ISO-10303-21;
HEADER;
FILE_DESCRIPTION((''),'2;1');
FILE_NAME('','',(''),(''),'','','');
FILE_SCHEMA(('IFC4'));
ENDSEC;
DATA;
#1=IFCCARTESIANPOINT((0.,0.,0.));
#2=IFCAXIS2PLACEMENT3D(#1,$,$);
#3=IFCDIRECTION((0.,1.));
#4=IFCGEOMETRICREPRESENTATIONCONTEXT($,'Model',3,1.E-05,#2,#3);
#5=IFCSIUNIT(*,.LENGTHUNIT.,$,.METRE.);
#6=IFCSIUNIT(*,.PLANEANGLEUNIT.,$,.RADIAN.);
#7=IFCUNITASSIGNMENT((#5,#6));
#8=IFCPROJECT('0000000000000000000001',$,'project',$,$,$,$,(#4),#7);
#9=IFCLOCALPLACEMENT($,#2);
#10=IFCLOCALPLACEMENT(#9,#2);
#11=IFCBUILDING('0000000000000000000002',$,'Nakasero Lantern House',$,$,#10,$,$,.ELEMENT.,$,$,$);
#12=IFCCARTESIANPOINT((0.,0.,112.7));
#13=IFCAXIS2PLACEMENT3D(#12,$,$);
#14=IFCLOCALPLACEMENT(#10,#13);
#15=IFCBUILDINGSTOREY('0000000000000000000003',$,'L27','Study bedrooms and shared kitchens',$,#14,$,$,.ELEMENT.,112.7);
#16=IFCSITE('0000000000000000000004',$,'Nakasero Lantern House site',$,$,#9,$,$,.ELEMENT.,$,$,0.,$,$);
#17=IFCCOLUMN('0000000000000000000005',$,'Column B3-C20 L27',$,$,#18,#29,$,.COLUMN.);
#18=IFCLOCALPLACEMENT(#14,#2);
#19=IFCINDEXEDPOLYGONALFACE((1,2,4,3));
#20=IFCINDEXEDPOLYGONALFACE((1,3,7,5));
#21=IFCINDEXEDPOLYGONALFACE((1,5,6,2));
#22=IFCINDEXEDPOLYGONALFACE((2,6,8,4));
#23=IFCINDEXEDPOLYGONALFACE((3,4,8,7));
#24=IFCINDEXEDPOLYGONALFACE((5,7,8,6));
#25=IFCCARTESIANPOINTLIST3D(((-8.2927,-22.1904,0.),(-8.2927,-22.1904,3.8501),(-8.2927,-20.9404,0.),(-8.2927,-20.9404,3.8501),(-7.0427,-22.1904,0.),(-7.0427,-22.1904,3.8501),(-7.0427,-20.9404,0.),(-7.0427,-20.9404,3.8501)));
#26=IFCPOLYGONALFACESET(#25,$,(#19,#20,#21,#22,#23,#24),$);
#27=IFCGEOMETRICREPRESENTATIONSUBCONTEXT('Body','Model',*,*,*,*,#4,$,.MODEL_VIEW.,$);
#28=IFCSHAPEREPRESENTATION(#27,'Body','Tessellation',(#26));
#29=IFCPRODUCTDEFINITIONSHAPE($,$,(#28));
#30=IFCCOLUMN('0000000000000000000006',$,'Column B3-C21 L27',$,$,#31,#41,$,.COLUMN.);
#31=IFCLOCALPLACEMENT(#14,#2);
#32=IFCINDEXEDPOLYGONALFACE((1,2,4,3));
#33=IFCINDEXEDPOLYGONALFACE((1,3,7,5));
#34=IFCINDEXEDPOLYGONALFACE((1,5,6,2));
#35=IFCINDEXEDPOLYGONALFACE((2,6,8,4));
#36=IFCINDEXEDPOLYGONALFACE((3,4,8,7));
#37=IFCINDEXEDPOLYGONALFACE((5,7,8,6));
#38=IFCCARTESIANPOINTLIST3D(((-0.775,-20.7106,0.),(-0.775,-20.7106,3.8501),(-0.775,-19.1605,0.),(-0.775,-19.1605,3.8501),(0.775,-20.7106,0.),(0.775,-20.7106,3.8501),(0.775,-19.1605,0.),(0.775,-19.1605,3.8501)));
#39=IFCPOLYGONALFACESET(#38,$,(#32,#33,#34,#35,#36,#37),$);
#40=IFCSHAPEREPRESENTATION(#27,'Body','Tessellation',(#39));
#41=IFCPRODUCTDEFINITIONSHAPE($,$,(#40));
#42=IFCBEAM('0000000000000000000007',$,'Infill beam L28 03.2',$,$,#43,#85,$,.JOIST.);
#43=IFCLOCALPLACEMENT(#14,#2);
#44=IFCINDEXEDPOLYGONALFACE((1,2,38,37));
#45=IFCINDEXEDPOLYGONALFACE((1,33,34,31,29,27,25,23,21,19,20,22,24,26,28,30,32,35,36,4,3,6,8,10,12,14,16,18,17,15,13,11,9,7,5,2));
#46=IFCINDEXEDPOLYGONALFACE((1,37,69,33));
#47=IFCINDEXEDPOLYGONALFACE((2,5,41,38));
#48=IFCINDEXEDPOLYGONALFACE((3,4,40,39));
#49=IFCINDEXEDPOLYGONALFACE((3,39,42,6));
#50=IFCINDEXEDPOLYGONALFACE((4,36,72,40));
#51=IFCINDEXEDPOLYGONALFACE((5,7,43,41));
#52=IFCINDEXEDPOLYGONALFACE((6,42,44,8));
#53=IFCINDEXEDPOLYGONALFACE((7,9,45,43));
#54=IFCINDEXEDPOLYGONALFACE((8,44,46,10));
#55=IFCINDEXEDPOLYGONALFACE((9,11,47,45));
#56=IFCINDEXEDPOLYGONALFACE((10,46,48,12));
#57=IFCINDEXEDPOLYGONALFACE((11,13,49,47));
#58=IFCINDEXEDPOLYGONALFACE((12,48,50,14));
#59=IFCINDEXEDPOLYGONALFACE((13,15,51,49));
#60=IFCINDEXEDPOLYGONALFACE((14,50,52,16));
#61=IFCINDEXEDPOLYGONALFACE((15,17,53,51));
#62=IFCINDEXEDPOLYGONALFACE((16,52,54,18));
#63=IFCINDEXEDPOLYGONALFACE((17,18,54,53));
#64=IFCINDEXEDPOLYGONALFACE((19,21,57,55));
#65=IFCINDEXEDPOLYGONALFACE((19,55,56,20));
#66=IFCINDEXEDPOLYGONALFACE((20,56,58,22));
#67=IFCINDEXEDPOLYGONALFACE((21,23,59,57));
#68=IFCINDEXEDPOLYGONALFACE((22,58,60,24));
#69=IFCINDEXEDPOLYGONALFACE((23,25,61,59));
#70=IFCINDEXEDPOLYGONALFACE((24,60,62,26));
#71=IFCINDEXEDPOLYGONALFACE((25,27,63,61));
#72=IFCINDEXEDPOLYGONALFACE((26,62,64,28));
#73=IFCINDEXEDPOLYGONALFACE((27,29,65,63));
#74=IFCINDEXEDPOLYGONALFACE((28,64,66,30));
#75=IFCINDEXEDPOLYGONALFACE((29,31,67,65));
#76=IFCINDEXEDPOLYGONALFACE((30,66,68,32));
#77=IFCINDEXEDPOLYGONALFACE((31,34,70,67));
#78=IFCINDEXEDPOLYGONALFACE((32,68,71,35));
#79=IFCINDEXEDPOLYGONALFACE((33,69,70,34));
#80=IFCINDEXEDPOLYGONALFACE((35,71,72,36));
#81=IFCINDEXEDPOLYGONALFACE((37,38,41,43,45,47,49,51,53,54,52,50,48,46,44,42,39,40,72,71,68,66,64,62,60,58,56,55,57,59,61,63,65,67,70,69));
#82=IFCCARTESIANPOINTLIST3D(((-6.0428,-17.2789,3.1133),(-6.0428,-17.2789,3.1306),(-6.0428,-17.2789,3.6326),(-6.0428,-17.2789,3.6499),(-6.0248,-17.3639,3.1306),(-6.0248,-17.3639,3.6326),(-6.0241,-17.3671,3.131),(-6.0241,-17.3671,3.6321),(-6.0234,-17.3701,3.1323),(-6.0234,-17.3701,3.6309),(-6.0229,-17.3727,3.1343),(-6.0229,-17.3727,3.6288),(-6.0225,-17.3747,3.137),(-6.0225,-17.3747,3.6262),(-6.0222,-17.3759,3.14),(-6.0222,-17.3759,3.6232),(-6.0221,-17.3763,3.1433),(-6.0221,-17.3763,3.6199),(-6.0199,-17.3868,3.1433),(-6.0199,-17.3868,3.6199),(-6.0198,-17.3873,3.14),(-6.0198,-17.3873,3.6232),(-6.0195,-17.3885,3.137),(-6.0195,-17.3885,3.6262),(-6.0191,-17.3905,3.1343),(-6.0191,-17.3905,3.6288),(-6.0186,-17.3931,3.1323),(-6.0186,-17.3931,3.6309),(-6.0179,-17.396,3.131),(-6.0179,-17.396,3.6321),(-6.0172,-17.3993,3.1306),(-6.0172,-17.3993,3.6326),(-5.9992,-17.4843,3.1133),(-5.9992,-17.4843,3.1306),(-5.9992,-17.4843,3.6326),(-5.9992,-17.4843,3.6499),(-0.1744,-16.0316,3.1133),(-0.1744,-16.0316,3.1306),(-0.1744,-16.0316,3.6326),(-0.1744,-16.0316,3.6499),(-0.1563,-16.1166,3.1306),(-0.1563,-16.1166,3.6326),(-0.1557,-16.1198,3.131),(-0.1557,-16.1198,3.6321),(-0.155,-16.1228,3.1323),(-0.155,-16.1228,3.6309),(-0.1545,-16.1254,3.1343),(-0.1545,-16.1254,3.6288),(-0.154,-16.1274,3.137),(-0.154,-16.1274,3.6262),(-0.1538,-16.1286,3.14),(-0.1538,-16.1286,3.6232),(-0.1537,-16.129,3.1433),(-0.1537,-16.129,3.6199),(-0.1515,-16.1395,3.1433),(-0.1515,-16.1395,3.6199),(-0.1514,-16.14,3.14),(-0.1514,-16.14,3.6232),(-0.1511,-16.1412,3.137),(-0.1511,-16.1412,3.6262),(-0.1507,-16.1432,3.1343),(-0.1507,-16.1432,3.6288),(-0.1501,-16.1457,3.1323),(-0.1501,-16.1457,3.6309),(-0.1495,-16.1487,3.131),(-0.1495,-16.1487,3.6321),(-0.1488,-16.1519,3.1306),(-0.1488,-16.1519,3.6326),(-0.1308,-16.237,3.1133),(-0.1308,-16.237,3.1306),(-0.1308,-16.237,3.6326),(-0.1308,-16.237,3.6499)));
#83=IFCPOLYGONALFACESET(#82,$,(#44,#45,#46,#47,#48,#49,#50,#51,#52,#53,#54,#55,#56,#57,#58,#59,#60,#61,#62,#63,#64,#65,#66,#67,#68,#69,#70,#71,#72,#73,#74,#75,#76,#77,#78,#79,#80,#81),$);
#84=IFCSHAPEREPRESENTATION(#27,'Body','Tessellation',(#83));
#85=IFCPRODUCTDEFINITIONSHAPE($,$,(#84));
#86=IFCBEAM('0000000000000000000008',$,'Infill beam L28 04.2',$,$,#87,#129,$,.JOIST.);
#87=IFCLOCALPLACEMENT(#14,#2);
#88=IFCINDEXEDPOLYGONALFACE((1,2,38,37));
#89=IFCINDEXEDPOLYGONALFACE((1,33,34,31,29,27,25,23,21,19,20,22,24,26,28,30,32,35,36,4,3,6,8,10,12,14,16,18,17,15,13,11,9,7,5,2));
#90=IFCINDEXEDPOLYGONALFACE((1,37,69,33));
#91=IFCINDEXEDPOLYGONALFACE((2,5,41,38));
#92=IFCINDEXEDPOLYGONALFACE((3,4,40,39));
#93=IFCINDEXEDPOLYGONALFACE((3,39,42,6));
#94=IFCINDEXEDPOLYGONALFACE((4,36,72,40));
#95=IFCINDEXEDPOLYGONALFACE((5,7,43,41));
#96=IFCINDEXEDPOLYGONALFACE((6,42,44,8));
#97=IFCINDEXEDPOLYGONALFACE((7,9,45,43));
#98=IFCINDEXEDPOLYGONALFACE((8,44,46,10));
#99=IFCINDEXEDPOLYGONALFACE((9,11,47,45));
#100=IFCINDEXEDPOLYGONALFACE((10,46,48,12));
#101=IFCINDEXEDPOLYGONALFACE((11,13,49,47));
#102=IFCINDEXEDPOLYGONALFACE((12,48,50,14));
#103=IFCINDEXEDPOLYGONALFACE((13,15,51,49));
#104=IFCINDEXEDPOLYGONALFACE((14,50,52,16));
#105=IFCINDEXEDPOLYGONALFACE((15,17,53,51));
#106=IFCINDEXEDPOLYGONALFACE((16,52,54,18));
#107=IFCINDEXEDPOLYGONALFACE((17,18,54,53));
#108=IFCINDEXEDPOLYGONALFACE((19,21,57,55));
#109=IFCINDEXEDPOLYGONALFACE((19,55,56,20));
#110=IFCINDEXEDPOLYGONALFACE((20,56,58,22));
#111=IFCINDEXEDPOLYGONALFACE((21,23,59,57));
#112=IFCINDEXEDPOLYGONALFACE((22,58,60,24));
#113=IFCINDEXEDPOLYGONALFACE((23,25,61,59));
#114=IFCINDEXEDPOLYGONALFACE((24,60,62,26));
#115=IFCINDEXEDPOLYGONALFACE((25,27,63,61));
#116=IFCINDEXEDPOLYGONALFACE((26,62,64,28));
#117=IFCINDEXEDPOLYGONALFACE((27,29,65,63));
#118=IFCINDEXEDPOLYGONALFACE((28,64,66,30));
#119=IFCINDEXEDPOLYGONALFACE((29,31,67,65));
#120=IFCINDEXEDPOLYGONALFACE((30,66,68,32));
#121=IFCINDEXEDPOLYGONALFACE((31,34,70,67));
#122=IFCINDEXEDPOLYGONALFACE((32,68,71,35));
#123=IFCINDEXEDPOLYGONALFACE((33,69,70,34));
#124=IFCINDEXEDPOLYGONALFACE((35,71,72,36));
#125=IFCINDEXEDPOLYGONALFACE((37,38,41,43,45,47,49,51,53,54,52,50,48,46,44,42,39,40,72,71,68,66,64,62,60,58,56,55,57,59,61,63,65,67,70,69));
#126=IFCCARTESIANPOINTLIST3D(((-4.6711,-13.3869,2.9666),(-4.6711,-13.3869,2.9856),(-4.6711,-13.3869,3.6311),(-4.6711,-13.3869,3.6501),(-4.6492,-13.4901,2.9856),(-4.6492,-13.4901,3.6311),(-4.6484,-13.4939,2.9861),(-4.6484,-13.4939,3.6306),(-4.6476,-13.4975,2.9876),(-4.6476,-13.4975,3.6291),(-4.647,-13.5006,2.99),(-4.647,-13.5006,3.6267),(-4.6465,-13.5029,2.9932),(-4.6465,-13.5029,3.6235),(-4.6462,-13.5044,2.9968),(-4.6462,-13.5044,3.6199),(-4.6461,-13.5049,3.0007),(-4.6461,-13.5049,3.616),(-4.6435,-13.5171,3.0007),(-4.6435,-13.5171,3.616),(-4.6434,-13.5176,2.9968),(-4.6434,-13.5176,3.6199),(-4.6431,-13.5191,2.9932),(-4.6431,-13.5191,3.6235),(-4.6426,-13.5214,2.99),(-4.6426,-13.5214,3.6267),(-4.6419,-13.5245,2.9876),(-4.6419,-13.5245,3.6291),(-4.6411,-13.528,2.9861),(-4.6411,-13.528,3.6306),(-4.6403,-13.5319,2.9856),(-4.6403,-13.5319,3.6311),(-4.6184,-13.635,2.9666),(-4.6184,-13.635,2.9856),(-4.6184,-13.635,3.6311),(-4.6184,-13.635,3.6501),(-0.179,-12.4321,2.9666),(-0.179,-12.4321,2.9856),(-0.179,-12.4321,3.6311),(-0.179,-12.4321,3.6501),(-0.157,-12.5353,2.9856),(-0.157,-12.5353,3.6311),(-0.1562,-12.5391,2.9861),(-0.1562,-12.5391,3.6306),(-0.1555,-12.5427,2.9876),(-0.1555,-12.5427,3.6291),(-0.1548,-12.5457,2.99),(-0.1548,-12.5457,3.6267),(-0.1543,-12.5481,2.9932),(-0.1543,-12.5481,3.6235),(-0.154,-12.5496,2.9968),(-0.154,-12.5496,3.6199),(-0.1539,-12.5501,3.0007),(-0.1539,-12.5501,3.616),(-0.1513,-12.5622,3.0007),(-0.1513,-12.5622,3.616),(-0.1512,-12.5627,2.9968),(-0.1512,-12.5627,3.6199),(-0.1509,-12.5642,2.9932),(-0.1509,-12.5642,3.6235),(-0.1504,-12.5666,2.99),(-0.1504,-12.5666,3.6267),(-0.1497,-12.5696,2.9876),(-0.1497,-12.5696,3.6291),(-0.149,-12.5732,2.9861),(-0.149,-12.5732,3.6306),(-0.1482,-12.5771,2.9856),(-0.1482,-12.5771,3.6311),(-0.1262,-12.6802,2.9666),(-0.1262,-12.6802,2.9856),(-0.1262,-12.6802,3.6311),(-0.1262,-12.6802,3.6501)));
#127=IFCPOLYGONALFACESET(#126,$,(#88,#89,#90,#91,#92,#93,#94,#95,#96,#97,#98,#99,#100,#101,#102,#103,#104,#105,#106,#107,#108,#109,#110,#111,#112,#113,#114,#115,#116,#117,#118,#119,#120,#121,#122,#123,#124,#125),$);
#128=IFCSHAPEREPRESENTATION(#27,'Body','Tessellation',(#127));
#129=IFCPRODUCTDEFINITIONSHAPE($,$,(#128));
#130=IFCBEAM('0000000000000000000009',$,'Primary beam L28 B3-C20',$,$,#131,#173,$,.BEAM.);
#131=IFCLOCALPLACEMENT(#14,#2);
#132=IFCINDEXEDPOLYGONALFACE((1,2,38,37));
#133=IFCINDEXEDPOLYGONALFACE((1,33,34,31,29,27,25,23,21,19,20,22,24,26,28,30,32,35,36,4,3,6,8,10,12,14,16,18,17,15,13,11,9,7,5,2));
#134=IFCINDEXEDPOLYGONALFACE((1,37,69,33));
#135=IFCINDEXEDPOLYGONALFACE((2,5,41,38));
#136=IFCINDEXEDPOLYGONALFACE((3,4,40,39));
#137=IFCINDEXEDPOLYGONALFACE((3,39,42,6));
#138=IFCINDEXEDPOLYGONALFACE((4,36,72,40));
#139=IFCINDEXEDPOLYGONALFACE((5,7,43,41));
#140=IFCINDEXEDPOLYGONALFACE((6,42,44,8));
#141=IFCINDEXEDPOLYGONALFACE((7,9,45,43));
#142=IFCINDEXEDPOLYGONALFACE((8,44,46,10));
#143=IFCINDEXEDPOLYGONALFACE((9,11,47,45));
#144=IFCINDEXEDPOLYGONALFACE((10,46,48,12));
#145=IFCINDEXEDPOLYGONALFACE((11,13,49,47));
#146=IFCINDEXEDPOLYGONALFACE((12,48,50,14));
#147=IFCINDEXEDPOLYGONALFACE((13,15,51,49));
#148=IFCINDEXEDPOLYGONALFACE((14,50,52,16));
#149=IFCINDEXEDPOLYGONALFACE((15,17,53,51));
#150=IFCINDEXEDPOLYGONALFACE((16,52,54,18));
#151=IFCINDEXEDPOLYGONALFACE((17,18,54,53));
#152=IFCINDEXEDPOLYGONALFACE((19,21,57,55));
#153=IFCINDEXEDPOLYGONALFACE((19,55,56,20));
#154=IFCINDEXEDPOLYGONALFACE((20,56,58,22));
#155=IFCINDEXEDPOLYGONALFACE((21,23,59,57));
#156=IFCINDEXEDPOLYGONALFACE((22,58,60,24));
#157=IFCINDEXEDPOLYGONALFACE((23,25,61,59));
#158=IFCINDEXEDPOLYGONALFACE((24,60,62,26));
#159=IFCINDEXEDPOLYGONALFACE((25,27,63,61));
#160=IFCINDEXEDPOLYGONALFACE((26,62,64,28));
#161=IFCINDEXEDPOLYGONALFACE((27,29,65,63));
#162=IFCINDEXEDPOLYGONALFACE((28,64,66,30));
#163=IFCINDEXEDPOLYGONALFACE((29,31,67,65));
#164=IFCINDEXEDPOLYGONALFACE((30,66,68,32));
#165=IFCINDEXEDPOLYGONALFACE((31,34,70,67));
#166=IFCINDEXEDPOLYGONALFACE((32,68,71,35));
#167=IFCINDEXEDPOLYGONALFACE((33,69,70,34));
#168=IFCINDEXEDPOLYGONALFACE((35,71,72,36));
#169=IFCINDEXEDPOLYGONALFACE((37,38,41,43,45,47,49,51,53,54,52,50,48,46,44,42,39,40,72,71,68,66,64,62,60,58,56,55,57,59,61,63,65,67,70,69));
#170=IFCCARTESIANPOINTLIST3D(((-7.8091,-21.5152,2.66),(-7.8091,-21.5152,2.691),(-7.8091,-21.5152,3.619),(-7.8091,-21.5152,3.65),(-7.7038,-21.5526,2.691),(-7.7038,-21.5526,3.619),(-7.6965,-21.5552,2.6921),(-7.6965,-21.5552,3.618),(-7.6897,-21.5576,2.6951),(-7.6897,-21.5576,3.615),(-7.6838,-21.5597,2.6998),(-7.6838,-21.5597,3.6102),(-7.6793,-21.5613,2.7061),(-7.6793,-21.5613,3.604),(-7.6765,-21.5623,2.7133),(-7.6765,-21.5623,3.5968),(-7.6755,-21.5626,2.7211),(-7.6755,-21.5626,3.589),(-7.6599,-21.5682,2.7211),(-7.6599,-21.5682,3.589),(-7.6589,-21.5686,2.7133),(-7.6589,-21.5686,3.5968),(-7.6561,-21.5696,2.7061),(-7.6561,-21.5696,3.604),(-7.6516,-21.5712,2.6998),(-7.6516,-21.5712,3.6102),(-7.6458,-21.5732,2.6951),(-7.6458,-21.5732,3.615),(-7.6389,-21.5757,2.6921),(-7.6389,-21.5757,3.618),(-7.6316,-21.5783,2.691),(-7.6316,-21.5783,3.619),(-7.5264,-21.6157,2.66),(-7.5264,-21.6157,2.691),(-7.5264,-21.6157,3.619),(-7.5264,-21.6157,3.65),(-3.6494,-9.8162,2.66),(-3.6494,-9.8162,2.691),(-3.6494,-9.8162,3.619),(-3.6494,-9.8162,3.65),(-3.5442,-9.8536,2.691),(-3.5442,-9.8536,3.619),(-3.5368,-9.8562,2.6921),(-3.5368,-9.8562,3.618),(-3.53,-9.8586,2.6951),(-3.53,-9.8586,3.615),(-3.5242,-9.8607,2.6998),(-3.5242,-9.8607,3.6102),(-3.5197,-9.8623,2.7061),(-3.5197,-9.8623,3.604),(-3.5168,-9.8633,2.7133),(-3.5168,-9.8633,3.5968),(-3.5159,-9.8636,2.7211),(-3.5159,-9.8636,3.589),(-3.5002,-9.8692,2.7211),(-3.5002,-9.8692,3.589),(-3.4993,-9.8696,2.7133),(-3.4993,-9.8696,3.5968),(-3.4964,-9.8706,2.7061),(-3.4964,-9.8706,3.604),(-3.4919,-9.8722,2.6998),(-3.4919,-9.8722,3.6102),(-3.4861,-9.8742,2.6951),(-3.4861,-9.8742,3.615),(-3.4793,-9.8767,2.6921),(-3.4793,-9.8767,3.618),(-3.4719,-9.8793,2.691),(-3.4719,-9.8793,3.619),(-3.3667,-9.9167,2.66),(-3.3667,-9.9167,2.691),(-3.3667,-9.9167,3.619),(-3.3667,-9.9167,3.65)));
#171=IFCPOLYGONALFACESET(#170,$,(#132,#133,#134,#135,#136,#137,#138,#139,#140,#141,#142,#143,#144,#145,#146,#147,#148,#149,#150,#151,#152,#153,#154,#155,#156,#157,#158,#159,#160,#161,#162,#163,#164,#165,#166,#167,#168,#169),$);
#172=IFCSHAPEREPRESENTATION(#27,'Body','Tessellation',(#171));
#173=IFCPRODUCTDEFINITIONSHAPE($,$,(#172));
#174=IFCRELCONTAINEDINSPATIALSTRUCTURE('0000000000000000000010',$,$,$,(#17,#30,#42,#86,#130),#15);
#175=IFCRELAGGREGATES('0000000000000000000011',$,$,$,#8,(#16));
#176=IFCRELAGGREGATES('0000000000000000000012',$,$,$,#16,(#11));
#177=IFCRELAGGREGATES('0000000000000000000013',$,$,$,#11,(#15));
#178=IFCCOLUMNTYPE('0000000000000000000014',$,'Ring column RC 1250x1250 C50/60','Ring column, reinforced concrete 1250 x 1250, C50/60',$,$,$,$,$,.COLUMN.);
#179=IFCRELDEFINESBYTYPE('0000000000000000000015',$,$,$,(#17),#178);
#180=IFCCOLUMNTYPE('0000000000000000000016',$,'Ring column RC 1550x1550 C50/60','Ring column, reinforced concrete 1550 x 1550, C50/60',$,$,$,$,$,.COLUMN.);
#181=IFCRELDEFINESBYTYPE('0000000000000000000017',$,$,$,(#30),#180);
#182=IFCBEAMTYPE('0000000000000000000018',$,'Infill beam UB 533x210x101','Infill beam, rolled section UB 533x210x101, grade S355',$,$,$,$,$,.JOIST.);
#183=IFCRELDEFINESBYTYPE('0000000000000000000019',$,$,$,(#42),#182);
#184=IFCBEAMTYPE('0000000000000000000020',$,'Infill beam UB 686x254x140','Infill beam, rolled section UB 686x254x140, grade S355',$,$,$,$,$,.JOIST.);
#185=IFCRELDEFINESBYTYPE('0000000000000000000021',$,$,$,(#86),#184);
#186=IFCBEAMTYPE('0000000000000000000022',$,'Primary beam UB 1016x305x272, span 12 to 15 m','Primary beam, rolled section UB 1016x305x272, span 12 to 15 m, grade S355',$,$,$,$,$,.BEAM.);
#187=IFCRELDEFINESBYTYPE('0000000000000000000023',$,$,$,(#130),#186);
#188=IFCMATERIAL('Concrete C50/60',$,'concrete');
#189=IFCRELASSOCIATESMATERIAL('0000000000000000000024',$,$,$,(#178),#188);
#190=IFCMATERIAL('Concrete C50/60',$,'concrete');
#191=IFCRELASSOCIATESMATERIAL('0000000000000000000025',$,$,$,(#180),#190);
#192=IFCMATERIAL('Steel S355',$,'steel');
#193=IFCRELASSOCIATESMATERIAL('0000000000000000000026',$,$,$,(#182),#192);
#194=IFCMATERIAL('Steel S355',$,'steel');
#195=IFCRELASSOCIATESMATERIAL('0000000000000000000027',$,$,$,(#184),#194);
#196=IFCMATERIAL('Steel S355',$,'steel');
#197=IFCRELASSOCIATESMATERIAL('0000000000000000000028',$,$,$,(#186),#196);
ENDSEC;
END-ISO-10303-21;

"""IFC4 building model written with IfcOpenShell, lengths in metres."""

from ifc_helpers import new_model, si_unit, direction, frame, origin, origin_2d, place, context, subcontext, project, spatial, rectangle, i_section, extrude, material, material_profile, profile_set, type_object, element, save


model = new_model("IFC4")

# Units and contexts
model_context = context("Model", 3, precision=1e-05, world=origin(), true_north=direction((0.0, 1.0)))
body_context = subcontext(model_context, "Body", "Model", "MODEL_VIEW")
ifc_project = project(units=[si_unit("LENGTHUNIT", "METRE"), si_unit("PLANEANGLEUNIT", "RADIAN")], contexts=[model_context])

# Site, building, storey
site_placement = place(None, origin())
site = spatial("IfcSite", under=ifc_project, at=site_placement, Name="Nakasero Lantern House site", CompositionType="ELEMENT", RefElevation=0.0)
building_placement = place(site_placement, origin())
building = spatial("IfcBuilding", under=site, at=building_placement, Name="Nakasero Lantern House", CompositionType="ELEMENT")
storey_placement = place(building_placement, frame((0.0, 0.0, 112.7)))
storey = spatial("IfcBuildingStorey", under=building, at=storey_placement, Name="L27", Description="Study bedrooms and shared kitchens", CompositionType="ELEMENT", Elevation=112.7)

# Columns
ifc_material_1 = material(Name="Concrete C50/60", Category="concrete")
ifc_material_profile_1 = material_profile(ifc_material_1, rectangle(XDim=1.25, YDim=1.25, at=origin_2d()), Name="RC 1250x1250")
ifc_profile_set_1 = profile_set([ifc_material_profile_1], Name="Concrete C50/60")
column_type_1 = type_object("IfcColumnType", Name="Ring column RC 1250x1250 C50/60", Description="Ring column, reinforced concrete 1250 x 1250, C50/60", PredefinedType="COLUMN", material=ifc_profile_set_1)
column_1_placement = place(storey_placement, frame((-7.6677, -21.5654, 0.0), z_axis=(0.0, 0.0, 1.0), x_axis=(1.0, 0.0, 0.0)))
element("IfcColumn", 1, at=column_1_placement, inside=storey, type_object=column_type_1, Name="Column B3-C20 L27", PredefinedType="COLUMN", context=body_context, shape_type="SweptSolid", body=[
    extrude(rectangle(XDim=1.25, YDim=1.25, at=origin_2d()), origin(), (0.0, 0.0, 1.0), 3.8501),
])
ifc_material_2 = material(Name="Concrete C50/60", Category="concrete")
ifc_material_profile_2 = material_profile(ifc_material_2, rectangle(XDim=1.55, YDim=1.55, at=origin_2d()), Name="RC 1550x1550")
ifc_profile_set_2 = profile_set([ifc_material_profile_2], Name="Concrete C50/60")
column_type_2 = type_object("IfcColumnType", Name="Ring column RC 1550x1550 C50/60", Description="Ring column, reinforced concrete 1550 x 1550, C50/60", PredefinedType="COLUMN", material=ifc_profile_set_2)
column_2_placement = place(storey_placement, frame((0.0, -19.9355, 0.0), z_axis=(0.0, 0.0, 1.0), x_axis=(1.0, 0.0, 0.0)))
element("IfcColumn", 2, at=column_2_placement, inside=storey, type_object=column_type_2, Name="Column B3-C21 L27", PredefinedType="COLUMN", context=body_context, shape_type="SweptSolid", body=[
    extrude(rectangle(XDim=1.55, YDim=1.55, at=origin_2d()), origin(), (0.0, 0.0, 1.0), 3.8501),
])

# Beams
ifc_material_3 = material(Name="Steel S355", Category="steel")
ifc_material_profile_3 = material_profile(ifc_material_3, i_section(OverallWidth=0.21, OverallDepth=0.5366, WebThickness=0.0107, FlangeThickness=0.0173, FilletRadius=0.0127, at=origin_2d()), Name="UB 533x210x101")
ifc_profile_set_3 = profile_set([ifc_material_profile_3], Name="Steel S355")
beam_type_1 = type_object("IfcBeamType", Name="Infill beam UB 533x210x101", Description="Infill beam, rolled section UB 533x210x101, grade S355", PredefinedType="JOIST", material=ifc_profile_set_3)
beam_1_placement = place(storey_placement, frame((-6.021, -17.3816, 3.3816), z_axis=(0.978149, 0.207903, 0.0), x_axis=(-0.207903, 0.978149, 0.0)))
element("IfcBeam", 3, at=beam_1_placement, inside=storey, type_object=beam_type_1, Name="Infill beam L28 03.2", PredefinedType="JOIST", context=body_context, shape_type="SweptSolid", body=[
    extrude(i_section(OverallWidth=0.21, OverallDepth=0.5366, WebThickness=0.0107, FlangeThickness=0.0173, FilletRadius=0.0127, at=origin_2d()), origin(), (0.0, 0.0, 1.0), 5.9995),
])
ifc_material_4 = material(Name="Steel S355", Category="steel")
ifc_material_profile_4 = material_profile(ifc_material_4, i_section(OverallWidth=0.2537, OverallDepth=0.6836, WebThickness=0.0125, FlangeThickness=0.019, FilletRadius=0.0151, at=origin_2d()), Name="UB 686x254x140")
ifc_profile_set_4 = profile_set([ifc_material_profile_4], Name="Steel S355")
beam_type_2 = type_object("IfcBeamType", Name="Infill beam UB 686x254x140", Description="Infill beam, rolled section UB 686x254x140, grade S355", PredefinedType="JOIST", material=ifc_profile_set_4)
beam_2_placement = place(storey_placement, frame((-4.6448, -13.511, 3.3083), z_axis=(0.978148, 0.20791, 0.0), x_axis=(-0.20791, 0.978148, 0.0)))
element("IfcBeam", 4, at=beam_2_placement, inside=storey, type_object=beam_type_2, Name="Infill beam L28 04.2", PredefinedType="JOIST", context=body_context, shape_type="SweptSolid", body=[
    extrude(i_section(OverallWidth=0.2537, OverallDepth=0.6836, WebThickness=0.0125, FlangeThickness=0.019, FilletRadius=0.0151, at=origin_2d()), origin(), (0.0, 0.0, 1.0), 4.5925),
])
ifc_material_5 = material(Name="Steel S355", Category="steel")
ifc_material_profile_5 = material_profile(ifc_material_5, i_section(OverallWidth=0.3, OverallDepth=0.99, WebThickness=0.0166, FlangeThickness=0.031, FilletRadius=0.03, at=origin_2d()), Name="UB 1016x305x272")
ifc_profile_set_5 = profile_set([ifc_material_profile_5], Name="Steel S355")
beam_type_3 = type_object("IfcBeamType", Name="Primary beam UB 1016x305x272, span 12 to 15 m", Description="Primary beam, rolled section UB 1016x305x272, span 12 to 15 m, grade S355", PredefinedType="BEAM", material=ifc_profile_set_5)
beam_3_placement = place(storey_placement, frame((-7.6677, -21.5654, 3.155), z_axis=(0.335012, 0.942214, 0.0), x_axis=(-0.942214, 0.335012, 0.0)))
element("IfcBeam", 5, at=beam_3_placement, inside=storey, type_object=beam_type_3, Name="Primary beam L28 B3-C20", PredefinedType="BEAM", context=body_context, shape_type="SweptSolid", body=[
    extrude(i_section(OverallWidth=0.3, OverallDepth=0.99, WebThickness=0.0166, FlangeThickness=0.031, FilletRadius=0.03, at=origin_2d()), origin(), (0.0, 0.0, 1.0), 12.4165),
])

save(model, "model.ifc")
